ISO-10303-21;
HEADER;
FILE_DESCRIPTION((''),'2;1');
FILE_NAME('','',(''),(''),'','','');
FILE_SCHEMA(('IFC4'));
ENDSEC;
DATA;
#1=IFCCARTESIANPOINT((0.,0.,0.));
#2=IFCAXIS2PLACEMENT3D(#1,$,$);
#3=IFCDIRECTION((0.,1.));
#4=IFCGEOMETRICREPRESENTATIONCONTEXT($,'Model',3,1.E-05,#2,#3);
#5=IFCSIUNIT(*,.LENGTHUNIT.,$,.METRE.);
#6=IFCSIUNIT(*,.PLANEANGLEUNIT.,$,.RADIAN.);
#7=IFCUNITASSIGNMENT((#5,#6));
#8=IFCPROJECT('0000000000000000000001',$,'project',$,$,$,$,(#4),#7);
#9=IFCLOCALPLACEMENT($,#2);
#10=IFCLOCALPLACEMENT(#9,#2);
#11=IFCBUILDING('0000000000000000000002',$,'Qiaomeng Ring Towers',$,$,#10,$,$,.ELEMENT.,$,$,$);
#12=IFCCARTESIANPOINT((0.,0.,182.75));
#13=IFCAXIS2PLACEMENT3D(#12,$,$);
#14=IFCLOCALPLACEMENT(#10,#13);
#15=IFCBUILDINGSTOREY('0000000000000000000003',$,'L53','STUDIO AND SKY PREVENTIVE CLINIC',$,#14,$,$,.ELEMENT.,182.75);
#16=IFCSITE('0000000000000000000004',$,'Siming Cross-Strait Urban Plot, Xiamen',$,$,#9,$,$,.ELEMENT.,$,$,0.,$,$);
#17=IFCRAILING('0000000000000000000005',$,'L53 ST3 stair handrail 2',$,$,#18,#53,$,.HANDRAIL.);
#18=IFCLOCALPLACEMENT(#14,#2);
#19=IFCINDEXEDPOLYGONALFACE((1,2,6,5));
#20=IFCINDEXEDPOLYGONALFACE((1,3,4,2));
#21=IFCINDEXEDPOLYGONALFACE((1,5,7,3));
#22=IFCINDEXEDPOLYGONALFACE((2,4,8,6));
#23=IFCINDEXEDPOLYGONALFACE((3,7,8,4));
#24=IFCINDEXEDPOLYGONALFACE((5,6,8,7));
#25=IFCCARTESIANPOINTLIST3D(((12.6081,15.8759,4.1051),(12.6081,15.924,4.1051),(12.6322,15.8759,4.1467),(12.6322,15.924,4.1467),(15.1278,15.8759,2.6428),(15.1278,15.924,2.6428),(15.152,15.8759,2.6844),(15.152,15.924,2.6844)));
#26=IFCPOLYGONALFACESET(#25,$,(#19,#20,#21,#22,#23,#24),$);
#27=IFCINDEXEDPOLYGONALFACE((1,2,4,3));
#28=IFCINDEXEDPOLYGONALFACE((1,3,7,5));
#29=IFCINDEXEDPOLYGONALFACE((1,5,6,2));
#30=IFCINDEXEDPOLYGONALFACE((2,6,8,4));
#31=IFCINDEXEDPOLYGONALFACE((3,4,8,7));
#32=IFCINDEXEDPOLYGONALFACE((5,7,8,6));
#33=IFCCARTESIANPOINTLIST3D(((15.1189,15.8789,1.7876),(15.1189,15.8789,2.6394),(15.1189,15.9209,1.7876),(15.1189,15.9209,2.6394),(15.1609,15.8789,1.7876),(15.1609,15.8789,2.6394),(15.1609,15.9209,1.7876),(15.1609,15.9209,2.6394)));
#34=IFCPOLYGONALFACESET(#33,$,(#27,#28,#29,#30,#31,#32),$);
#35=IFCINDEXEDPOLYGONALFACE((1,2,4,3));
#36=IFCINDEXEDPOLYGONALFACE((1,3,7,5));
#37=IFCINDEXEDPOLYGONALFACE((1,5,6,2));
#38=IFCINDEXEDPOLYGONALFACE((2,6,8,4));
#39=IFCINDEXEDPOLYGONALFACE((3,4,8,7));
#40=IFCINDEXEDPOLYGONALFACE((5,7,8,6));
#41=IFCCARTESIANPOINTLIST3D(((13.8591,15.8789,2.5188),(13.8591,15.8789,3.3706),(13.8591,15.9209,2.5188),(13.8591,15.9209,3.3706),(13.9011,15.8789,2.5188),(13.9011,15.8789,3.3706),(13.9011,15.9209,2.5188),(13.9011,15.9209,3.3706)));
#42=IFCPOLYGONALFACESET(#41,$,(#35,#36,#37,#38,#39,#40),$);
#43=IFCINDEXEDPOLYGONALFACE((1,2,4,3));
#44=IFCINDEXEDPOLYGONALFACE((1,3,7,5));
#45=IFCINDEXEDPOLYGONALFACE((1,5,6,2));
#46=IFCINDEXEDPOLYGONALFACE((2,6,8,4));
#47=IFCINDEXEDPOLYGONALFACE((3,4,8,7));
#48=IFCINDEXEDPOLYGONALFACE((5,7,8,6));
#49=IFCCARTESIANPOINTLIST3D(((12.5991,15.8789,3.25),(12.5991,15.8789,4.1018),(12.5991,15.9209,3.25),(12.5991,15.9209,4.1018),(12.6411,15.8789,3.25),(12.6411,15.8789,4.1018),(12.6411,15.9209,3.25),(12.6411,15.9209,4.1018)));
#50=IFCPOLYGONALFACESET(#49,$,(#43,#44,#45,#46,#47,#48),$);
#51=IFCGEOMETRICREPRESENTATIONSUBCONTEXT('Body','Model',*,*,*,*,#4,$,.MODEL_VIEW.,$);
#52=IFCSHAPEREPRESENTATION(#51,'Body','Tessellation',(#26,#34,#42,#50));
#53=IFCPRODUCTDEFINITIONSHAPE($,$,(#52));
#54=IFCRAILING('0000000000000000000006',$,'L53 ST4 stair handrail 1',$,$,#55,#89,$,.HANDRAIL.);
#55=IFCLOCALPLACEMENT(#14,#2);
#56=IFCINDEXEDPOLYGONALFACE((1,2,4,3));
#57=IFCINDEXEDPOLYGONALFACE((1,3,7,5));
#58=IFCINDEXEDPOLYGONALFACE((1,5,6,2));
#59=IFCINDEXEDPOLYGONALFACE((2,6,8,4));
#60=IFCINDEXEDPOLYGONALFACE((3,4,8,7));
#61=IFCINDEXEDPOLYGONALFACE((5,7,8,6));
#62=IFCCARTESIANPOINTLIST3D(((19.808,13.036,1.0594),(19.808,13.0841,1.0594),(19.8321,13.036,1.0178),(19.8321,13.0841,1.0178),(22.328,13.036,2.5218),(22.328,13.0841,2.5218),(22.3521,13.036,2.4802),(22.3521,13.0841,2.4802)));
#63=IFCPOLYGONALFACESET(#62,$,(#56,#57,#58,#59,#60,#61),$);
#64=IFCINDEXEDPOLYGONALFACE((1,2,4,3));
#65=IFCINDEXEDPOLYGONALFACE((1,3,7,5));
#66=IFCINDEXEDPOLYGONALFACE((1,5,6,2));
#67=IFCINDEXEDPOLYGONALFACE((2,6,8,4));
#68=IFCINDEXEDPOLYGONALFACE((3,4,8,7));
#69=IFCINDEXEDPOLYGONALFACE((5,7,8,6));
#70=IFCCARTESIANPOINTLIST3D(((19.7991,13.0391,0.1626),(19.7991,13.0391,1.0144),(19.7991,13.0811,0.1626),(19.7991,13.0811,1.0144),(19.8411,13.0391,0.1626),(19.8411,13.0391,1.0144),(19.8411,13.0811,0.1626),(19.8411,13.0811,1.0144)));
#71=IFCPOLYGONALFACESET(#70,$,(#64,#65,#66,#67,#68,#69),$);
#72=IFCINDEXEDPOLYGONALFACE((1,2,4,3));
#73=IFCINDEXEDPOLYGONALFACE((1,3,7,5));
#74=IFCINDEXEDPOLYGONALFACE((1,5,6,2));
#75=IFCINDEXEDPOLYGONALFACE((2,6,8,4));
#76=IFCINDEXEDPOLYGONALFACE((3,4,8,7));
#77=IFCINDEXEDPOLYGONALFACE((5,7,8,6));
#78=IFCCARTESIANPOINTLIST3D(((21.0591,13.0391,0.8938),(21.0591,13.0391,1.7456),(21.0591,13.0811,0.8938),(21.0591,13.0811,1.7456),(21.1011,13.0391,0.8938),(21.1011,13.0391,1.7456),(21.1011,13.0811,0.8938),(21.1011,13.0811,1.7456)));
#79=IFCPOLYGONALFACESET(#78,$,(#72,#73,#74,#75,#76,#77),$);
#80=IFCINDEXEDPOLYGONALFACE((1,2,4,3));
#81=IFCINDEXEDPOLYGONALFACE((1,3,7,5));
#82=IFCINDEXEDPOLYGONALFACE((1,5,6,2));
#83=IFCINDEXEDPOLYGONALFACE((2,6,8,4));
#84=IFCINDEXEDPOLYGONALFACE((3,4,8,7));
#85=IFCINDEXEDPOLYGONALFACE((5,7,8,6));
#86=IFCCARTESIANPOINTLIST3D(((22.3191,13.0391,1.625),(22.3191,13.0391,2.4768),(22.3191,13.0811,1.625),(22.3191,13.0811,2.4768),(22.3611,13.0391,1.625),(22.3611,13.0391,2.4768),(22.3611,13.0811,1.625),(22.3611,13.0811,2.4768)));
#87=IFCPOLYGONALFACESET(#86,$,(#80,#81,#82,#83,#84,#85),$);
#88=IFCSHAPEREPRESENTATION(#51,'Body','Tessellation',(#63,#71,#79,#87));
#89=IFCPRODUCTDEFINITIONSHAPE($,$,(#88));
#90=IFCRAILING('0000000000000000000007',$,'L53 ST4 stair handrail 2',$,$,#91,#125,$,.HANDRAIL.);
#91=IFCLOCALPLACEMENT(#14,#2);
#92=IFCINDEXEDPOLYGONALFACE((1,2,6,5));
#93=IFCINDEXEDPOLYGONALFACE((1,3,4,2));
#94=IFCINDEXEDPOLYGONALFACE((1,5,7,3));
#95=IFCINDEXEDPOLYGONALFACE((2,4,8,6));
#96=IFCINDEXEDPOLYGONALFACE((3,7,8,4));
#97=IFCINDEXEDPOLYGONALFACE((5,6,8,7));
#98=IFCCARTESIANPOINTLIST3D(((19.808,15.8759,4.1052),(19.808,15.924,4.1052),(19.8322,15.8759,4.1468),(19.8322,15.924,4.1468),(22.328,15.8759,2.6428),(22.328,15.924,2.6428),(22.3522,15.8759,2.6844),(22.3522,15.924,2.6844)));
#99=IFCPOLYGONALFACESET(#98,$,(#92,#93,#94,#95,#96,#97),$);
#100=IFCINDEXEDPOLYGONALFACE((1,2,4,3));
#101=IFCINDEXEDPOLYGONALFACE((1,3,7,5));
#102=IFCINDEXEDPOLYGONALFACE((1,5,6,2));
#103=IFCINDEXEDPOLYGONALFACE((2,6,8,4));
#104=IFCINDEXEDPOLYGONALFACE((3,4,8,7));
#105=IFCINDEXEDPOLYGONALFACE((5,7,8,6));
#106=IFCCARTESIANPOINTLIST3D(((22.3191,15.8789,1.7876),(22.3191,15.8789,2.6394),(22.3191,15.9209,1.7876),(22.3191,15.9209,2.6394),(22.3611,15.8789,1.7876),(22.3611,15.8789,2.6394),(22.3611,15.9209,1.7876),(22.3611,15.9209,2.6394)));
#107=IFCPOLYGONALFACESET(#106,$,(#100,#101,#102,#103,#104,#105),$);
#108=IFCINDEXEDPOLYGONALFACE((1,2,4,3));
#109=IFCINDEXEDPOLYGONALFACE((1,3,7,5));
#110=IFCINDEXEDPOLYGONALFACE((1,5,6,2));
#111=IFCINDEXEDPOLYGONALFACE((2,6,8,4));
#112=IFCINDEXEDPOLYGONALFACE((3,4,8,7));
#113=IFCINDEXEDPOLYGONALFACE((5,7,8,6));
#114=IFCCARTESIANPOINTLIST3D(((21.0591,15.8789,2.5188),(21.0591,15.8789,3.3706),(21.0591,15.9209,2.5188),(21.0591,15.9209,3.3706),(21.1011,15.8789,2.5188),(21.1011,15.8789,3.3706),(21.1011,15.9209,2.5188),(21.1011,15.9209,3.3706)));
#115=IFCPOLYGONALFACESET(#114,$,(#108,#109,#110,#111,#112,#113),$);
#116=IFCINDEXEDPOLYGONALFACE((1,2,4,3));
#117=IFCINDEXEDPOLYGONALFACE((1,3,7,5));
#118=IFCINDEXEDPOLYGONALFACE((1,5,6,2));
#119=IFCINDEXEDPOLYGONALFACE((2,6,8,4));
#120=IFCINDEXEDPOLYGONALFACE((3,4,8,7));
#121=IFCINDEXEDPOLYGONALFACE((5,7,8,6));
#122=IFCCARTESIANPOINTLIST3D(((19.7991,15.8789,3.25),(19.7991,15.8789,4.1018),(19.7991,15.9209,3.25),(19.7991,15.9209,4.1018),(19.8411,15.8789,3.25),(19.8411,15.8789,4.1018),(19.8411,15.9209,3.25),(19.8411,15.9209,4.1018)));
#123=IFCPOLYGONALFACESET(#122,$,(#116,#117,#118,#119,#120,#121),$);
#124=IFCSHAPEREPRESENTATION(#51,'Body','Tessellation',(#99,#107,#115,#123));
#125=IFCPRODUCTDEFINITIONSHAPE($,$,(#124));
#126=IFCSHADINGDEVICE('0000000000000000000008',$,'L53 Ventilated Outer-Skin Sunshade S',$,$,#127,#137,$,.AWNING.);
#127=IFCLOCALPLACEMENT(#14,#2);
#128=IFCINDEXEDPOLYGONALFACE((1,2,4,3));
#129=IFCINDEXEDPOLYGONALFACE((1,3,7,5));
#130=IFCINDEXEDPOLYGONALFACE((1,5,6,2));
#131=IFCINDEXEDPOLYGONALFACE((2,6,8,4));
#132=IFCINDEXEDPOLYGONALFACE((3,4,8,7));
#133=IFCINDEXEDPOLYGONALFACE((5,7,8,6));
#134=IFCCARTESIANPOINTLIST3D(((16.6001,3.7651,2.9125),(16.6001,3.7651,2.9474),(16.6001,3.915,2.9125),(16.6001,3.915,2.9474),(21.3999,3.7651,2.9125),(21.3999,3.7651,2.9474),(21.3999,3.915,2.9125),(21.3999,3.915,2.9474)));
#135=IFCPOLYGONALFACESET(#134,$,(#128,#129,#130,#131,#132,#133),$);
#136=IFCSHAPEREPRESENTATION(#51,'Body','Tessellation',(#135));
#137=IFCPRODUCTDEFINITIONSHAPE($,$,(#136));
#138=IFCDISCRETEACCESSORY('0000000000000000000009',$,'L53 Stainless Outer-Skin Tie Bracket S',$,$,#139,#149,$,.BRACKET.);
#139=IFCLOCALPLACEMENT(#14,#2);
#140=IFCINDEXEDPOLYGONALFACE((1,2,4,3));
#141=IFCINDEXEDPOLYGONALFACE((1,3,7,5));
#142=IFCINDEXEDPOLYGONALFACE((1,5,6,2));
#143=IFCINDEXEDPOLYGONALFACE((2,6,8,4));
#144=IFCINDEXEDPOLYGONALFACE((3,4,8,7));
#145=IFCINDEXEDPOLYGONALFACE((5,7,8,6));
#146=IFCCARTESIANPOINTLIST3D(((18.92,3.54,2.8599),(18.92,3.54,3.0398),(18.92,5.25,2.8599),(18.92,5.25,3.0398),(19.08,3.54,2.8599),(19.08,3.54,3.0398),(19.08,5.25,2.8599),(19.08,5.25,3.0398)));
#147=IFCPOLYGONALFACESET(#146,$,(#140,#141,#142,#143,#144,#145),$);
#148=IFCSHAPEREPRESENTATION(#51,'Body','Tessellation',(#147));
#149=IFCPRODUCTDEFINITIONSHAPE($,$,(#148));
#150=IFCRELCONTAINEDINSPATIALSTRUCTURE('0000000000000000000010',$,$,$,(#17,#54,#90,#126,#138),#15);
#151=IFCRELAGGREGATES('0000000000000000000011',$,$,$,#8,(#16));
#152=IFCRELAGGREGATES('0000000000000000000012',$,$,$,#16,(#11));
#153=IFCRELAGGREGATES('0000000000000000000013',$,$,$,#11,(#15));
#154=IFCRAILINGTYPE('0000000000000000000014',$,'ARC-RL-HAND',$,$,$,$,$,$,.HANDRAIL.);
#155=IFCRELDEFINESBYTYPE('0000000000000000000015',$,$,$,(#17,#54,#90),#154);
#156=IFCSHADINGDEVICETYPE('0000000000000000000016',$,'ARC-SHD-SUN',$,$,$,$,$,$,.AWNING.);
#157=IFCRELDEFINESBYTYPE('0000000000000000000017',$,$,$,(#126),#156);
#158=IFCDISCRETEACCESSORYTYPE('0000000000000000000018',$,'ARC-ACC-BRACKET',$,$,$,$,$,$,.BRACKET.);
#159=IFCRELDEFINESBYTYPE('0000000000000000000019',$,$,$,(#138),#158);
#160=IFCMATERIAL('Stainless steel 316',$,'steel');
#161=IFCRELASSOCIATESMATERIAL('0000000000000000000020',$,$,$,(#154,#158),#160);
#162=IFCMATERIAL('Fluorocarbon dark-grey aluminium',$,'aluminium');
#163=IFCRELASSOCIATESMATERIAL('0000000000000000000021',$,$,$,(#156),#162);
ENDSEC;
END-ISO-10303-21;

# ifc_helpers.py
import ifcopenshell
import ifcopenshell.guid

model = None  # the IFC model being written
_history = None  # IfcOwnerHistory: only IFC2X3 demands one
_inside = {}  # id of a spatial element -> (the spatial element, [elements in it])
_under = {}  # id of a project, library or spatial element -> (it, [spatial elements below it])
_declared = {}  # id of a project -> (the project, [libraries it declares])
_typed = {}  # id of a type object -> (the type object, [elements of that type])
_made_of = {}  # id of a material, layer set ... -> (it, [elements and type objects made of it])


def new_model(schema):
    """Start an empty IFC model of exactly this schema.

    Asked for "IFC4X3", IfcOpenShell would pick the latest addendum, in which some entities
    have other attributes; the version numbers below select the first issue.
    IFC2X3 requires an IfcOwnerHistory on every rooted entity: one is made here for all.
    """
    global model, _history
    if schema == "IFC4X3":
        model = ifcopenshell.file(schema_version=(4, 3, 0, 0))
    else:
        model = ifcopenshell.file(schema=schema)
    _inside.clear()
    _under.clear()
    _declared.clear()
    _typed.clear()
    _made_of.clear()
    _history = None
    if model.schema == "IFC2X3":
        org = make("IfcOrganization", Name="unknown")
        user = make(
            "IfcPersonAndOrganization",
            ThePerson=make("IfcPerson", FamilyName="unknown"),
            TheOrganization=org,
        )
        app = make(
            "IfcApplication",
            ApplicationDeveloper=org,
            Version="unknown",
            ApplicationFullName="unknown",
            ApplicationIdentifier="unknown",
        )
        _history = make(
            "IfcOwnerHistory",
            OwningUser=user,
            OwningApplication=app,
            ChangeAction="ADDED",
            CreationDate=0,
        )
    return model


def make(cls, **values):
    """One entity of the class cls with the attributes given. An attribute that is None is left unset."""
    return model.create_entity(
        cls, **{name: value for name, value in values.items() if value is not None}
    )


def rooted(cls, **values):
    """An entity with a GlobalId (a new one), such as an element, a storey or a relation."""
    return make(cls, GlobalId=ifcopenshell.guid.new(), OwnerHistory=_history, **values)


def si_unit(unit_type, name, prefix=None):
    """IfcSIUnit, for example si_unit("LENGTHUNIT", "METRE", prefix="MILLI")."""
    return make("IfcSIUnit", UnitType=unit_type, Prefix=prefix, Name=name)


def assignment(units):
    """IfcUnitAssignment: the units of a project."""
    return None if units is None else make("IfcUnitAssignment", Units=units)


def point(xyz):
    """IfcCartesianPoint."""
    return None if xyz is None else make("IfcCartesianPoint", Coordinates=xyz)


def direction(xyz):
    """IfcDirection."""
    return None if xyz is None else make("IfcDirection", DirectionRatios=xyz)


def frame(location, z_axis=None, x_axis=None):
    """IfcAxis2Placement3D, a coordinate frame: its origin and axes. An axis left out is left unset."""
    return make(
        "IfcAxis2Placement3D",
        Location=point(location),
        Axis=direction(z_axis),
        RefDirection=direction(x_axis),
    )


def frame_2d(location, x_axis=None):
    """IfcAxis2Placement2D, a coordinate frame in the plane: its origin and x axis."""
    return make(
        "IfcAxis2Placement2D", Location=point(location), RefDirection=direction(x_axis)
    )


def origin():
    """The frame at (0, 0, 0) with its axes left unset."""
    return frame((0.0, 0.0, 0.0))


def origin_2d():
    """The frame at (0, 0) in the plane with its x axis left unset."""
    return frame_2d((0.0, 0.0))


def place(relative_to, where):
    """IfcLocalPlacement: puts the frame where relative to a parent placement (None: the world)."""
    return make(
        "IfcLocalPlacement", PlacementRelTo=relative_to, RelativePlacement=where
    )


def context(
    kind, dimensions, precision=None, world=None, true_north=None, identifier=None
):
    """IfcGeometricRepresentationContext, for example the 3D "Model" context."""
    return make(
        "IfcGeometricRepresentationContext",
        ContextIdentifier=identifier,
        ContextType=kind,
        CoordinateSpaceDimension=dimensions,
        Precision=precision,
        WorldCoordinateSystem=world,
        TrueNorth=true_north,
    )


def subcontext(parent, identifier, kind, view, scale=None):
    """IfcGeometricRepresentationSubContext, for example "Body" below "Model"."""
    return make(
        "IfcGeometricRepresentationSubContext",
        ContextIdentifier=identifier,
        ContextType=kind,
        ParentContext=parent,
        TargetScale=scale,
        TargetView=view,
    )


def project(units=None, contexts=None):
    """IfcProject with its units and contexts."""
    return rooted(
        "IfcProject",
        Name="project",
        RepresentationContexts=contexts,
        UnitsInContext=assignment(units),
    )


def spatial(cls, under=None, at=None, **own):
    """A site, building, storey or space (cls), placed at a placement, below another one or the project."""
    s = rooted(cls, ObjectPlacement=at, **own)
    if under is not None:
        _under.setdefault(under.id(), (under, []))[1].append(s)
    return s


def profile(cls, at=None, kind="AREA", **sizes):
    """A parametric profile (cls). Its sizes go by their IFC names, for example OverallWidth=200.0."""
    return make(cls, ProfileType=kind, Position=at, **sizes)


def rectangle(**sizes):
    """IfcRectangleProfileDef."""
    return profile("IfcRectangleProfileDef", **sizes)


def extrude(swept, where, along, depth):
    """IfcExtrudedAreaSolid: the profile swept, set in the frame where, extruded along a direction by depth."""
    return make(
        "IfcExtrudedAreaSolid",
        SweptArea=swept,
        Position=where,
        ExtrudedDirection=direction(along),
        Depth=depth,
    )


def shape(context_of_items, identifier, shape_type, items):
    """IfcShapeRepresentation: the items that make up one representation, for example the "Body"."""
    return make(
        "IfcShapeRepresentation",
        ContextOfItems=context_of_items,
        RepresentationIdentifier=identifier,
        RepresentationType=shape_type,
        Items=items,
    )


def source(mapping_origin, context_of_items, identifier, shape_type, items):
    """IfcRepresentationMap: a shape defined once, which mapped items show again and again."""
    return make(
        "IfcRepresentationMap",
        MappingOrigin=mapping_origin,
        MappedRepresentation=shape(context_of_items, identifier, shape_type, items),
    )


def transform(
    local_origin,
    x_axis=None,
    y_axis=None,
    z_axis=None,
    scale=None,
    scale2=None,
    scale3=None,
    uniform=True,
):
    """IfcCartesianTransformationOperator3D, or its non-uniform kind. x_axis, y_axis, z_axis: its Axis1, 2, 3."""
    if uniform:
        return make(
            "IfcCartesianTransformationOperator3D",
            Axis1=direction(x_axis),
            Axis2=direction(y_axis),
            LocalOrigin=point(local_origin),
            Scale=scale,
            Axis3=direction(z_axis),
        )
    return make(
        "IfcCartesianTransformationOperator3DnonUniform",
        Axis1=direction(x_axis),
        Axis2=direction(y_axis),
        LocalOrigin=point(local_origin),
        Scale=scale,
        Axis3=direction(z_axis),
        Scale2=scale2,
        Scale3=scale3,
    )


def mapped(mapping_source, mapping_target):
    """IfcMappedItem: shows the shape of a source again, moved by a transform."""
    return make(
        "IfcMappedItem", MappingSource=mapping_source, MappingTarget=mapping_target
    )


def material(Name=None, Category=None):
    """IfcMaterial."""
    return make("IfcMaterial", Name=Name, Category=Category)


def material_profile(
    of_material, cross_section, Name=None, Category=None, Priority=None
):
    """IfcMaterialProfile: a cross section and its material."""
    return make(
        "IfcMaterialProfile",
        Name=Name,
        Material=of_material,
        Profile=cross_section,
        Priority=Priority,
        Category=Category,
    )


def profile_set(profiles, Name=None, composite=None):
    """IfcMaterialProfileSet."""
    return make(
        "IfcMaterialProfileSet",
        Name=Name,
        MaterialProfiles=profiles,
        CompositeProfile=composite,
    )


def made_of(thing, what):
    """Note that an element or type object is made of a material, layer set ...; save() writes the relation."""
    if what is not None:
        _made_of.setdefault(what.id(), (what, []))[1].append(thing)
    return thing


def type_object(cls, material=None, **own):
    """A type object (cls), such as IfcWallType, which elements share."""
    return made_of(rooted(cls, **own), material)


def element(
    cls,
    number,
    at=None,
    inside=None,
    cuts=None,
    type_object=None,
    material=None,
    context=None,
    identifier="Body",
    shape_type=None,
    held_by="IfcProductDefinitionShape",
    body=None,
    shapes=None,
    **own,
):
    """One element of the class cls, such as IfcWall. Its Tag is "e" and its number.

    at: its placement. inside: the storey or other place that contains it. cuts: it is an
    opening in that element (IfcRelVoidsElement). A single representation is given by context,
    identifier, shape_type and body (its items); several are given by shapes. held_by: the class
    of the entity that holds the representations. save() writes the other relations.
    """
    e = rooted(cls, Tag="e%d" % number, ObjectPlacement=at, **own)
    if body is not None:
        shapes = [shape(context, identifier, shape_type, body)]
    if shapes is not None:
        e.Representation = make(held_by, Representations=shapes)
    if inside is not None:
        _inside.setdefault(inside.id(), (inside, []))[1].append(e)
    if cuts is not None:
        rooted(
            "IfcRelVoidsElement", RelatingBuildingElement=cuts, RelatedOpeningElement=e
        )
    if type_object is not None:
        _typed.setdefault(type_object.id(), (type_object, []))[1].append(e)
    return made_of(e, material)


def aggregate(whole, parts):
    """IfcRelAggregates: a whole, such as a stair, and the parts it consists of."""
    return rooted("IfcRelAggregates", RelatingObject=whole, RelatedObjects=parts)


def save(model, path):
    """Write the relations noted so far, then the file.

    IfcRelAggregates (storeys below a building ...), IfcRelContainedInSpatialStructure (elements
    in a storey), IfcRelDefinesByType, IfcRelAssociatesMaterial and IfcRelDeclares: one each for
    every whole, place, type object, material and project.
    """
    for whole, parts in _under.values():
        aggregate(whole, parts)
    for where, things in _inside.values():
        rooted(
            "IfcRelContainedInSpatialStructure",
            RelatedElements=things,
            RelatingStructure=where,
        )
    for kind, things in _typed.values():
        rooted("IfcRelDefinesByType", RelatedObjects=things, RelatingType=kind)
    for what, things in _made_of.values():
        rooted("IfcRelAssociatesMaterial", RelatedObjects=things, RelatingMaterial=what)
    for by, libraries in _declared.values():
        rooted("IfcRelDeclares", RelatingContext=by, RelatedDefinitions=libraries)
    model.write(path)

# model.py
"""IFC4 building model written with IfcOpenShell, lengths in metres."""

from ifc_helpers import new_model, si_unit, direction, frame, origin, origin_2d, place, context, subcontext, project, spatial, rectangle, extrude, source, transform, mapped, material, material_profile, profile_set, type_object, element, save


model = new_model("IFC4")

# Units and contexts
model_context = context("Model", 3, precision=1e-05, world=origin(), true_north=direction((0.0, 1.0)))
body_context = subcontext(model_context, "Body", "Model", "MODEL_VIEW")
ifc_project = project(units=[si_unit("LENGTHUNIT", "METRE"), si_unit("PLANEANGLEUNIT", "RADIAN")], contexts=[model_context])

# Site, building, storey
site_placement = place(None, origin())
site = spatial("IfcSite", under=ifc_project, at=site_placement, Name="Siming Cross-Strait Urban Plot, Xiamen", CompositionType="ELEMENT", RefElevation=0.0)
building_placement = place(site_placement, origin())
building = spatial("IfcBuilding", under=site, at=building_placement, Name="Qiaomeng Ring Towers", CompositionType="ELEMENT")
storey_placement = place(building_placement, frame((0.0, 0.0, 182.75)))
storey = spatial("IfcBuildingStorey", under=building, at=storey_placement, Name="L53", Description="STUDIO AND SKY PREVENTIVE CLINIC", CompositionType="ELEMENT", Elevation=182.75)

# Shared definitions
ifc_material_1 = material(Name="Fluorocarbon dark-grey aluminium", Category="aluminium")

# Railings
ifc_material_2 = material(Name="Stainless steel 316", Category="steel")
railing_type_1 = type_object("IfcRailingType", Name="ARC-RL-HAND", PredefinedType="HANDRAIL", material=ifc_material_2)
railing_1_placement = place(storey_placement, frame((15.1399, 15.8999, 1.7876)))
element("IfcRailing", 1, at=railing_1_placement, inside=storey, type_object=railing_type_1, Name="L53 ST3 stair handrail 2", PredefinedType="HANDRAIL", context=body_context, shape_type="SweptSolid", body=[
    extrude(rectangle(XDim=0.0481, YDim=0.0481, at=origin_2d()), frame((0.0, 0.0, 0.876), z_axis=(-0.864892, 0.0, 0.501958), x_axis=(0.0, -1.0, 0.0)), (0.0, 0.0, 1.0), 2.9133),
    extrude(rectangle(XDim=0.042, YDim=0.042, at=origin_2d()), origin(), (0.0, 0.0, 1.0), 0.8518),
    extrude(rectangle(XDim=0.042, YDim=0.042, at=origin_2d()), frame((-1.2598, 0.0, 0.7312)), (0.0, 0.0, 1.0), 0.8518),
    extrude(rectangle(XDim=0.042, YDim=0.042, at=origin_2d()), frame((-2.5198, 0.0, 1.4624)), (0.0, 0.0, 1.0), 0.8518),
])
railing_2_placement = place(storey_placement, frame((19.8201, 13.0601, 0.1626)))
element("IfcRailing", 2, at=railing_2_placement, inside=storey, type_object=railing_type_1, Name="L53 ST4 stair handrail 1", PredefinedType="HANDRAIL", context=body_context, shape_type="SweptSolid", body=[
    extrude(rectangle(XDim=0.0481, YDim=0.0481, at=origin_2d()), frame((0.0, 0.0, 0.876), z_axis=(0.864913, 0.0, 0.501921), x_axis=(0.0, 1.0, 0.0)), (0.0, 0.0, 1.0), 2.9136),
    extrude(rectangle(XDim=0.042, YDim=0.042, at=origin_2d()), origin(), (0.0, 0.0, 1.0), 0.8518),
    extrude(rectangle(XDim=0.042, YDim=0.042, at=origin_2d()), frame((1.26, 0.0, 0.7312)), (0.0, 0.0, 1.0), 0.8518),
    extrude(rectangle(XDim=0.042, YDim=0.042, at=origin_2d()), frame((2.52, 0.0, 1.4624)), (0.0, 0.0, 1.0), 0.8518),
])
railing_3_placement = place(storey_placement, frame((22.3401, 15.8999, 1.7876)))
element("IfcRailing", 3, at=railing_3_placement, inside=storey, type_object=railing_type_1, Name="L53 ST4 stair handrail 2", PredefinedType="HANDRAIL", context=body_context, shape_type="SweptSolid", body=[
    extrude(rectangle(XDim=0.0481, YDim=0.0481, at=origin_2d()), frame((0.0, 0.0, 0.876), z_axis=(-0.864913, 0.0, 0.501921), x_axis=(0.0, -1.0, 0.0)), (0.0, 0.0, 1.0), 2.9136),
    extrude(rectangle(XDim=0.042, YDim=0.042, at=origin_2d()), origin(), (0.0, 0.0, 1.0), 0.8518),
    extrude(rectangle(XDim=0.042, YDim=0.042, at=origin_2d()), frame((-1.26, 0.0, 0.7312)), (0.0, 0.0, 1.0), 0.8518),
    extrude(rectangle(XDim=0.042, YDim=0.042, at=origin_2d()), frame((-2.52, 0.0, 1.4624)), (0.0, 0.0, 1.0), 0.8518),
])

# Shading device
ifc_material_profile_1 = material_profile(ifc_material_1, rectangle(XDim=0.1499, YDim=0.0349, at=origin_2d()), Name="LV BLADE 150x35")
ifc_profile_set_1 = profile_set([ifc_material_profile_1], Name="Fluorocarbon dark-grey aluminium")
shading_device_type = type_object("IfcShadingDeviceType", Name="ARC-SHD-SUN", PredefinedType="AWNING", material=ifc_profile_set_1)
shared_shape_1 = source(origin(), body_context, "Body", "SweptSolid", [
    extrude(rectangle(XDim=0.1499, YDim=0.0349, at=origin_2d()), origin(), (0.0, 0.0, 1.0), 4.7998),
])
shading_device_placement = place(storey_placement, frame((16.6001, 3.8401, 2.9299), z_axis=(1.0, 0.0, 0.0), x_axis=(0.0, 1.0, 0.0)))
element("IfcShadingDevice", 4, at=shading_device_placement, inside=storey, type_object=shading_device_type, Name="L53 Ventilated Outer-Skin Sunshade S", PredefinedType="AWNING", context=body_context, shape_type="MappedRepresentation", body=[
    mapped(shared_shape_1, transform((0.0, 0.0, 0.0), x_axis=(1.0, 0.0, 0.0), y_axis=(0.0, 1.0, 0.0), z_axis=(0.0, 0.0, 1.0), scale=1.0)),
])

# Discrete accessory
discrete_accessory_type = type_object("IfcDiscreteAccessoryType", Name="ARC-ACC-BRACKET", PredefinedType="BRACKET", material=ifc_material_2)
shared_shape_2 = source(origin(), body_context, "Body", "SweptSolid", [
    extrude(rectangle(XDim=0.1599, YDim=1.71, at=origin_2d()), origin(), (0.0, 0.0, 1.0), 0.1799),
])
discrete_accessory_placement = place(storey_placement, frame((19.0, 4.395, 2.8599), z_axis=(0.0, 0.0, 1.0), x_axis=(1.0, 0.0, 0.0)))
element("IfcDiscreteAccessory", 5, at=discrete_accessory_placement, inside=storey, type_object=discrete_accessory_type, Name="L53 Stainless Outer-Skin Tie Bracket S", PredefinedType="BRACKET", context=body_context, shape_type="MappedRepresentation", body=[
    mapped(shared_shape_2, transform((0.0, 0.0, 0.0), x_axis=(1.0, 0.0, 0.0), y_axis=(0.0, 1.0, 0.0), z_axis=(0.0, 0.0, 1.0), scale=1.0)),
])

save(model, "model.ifc")
